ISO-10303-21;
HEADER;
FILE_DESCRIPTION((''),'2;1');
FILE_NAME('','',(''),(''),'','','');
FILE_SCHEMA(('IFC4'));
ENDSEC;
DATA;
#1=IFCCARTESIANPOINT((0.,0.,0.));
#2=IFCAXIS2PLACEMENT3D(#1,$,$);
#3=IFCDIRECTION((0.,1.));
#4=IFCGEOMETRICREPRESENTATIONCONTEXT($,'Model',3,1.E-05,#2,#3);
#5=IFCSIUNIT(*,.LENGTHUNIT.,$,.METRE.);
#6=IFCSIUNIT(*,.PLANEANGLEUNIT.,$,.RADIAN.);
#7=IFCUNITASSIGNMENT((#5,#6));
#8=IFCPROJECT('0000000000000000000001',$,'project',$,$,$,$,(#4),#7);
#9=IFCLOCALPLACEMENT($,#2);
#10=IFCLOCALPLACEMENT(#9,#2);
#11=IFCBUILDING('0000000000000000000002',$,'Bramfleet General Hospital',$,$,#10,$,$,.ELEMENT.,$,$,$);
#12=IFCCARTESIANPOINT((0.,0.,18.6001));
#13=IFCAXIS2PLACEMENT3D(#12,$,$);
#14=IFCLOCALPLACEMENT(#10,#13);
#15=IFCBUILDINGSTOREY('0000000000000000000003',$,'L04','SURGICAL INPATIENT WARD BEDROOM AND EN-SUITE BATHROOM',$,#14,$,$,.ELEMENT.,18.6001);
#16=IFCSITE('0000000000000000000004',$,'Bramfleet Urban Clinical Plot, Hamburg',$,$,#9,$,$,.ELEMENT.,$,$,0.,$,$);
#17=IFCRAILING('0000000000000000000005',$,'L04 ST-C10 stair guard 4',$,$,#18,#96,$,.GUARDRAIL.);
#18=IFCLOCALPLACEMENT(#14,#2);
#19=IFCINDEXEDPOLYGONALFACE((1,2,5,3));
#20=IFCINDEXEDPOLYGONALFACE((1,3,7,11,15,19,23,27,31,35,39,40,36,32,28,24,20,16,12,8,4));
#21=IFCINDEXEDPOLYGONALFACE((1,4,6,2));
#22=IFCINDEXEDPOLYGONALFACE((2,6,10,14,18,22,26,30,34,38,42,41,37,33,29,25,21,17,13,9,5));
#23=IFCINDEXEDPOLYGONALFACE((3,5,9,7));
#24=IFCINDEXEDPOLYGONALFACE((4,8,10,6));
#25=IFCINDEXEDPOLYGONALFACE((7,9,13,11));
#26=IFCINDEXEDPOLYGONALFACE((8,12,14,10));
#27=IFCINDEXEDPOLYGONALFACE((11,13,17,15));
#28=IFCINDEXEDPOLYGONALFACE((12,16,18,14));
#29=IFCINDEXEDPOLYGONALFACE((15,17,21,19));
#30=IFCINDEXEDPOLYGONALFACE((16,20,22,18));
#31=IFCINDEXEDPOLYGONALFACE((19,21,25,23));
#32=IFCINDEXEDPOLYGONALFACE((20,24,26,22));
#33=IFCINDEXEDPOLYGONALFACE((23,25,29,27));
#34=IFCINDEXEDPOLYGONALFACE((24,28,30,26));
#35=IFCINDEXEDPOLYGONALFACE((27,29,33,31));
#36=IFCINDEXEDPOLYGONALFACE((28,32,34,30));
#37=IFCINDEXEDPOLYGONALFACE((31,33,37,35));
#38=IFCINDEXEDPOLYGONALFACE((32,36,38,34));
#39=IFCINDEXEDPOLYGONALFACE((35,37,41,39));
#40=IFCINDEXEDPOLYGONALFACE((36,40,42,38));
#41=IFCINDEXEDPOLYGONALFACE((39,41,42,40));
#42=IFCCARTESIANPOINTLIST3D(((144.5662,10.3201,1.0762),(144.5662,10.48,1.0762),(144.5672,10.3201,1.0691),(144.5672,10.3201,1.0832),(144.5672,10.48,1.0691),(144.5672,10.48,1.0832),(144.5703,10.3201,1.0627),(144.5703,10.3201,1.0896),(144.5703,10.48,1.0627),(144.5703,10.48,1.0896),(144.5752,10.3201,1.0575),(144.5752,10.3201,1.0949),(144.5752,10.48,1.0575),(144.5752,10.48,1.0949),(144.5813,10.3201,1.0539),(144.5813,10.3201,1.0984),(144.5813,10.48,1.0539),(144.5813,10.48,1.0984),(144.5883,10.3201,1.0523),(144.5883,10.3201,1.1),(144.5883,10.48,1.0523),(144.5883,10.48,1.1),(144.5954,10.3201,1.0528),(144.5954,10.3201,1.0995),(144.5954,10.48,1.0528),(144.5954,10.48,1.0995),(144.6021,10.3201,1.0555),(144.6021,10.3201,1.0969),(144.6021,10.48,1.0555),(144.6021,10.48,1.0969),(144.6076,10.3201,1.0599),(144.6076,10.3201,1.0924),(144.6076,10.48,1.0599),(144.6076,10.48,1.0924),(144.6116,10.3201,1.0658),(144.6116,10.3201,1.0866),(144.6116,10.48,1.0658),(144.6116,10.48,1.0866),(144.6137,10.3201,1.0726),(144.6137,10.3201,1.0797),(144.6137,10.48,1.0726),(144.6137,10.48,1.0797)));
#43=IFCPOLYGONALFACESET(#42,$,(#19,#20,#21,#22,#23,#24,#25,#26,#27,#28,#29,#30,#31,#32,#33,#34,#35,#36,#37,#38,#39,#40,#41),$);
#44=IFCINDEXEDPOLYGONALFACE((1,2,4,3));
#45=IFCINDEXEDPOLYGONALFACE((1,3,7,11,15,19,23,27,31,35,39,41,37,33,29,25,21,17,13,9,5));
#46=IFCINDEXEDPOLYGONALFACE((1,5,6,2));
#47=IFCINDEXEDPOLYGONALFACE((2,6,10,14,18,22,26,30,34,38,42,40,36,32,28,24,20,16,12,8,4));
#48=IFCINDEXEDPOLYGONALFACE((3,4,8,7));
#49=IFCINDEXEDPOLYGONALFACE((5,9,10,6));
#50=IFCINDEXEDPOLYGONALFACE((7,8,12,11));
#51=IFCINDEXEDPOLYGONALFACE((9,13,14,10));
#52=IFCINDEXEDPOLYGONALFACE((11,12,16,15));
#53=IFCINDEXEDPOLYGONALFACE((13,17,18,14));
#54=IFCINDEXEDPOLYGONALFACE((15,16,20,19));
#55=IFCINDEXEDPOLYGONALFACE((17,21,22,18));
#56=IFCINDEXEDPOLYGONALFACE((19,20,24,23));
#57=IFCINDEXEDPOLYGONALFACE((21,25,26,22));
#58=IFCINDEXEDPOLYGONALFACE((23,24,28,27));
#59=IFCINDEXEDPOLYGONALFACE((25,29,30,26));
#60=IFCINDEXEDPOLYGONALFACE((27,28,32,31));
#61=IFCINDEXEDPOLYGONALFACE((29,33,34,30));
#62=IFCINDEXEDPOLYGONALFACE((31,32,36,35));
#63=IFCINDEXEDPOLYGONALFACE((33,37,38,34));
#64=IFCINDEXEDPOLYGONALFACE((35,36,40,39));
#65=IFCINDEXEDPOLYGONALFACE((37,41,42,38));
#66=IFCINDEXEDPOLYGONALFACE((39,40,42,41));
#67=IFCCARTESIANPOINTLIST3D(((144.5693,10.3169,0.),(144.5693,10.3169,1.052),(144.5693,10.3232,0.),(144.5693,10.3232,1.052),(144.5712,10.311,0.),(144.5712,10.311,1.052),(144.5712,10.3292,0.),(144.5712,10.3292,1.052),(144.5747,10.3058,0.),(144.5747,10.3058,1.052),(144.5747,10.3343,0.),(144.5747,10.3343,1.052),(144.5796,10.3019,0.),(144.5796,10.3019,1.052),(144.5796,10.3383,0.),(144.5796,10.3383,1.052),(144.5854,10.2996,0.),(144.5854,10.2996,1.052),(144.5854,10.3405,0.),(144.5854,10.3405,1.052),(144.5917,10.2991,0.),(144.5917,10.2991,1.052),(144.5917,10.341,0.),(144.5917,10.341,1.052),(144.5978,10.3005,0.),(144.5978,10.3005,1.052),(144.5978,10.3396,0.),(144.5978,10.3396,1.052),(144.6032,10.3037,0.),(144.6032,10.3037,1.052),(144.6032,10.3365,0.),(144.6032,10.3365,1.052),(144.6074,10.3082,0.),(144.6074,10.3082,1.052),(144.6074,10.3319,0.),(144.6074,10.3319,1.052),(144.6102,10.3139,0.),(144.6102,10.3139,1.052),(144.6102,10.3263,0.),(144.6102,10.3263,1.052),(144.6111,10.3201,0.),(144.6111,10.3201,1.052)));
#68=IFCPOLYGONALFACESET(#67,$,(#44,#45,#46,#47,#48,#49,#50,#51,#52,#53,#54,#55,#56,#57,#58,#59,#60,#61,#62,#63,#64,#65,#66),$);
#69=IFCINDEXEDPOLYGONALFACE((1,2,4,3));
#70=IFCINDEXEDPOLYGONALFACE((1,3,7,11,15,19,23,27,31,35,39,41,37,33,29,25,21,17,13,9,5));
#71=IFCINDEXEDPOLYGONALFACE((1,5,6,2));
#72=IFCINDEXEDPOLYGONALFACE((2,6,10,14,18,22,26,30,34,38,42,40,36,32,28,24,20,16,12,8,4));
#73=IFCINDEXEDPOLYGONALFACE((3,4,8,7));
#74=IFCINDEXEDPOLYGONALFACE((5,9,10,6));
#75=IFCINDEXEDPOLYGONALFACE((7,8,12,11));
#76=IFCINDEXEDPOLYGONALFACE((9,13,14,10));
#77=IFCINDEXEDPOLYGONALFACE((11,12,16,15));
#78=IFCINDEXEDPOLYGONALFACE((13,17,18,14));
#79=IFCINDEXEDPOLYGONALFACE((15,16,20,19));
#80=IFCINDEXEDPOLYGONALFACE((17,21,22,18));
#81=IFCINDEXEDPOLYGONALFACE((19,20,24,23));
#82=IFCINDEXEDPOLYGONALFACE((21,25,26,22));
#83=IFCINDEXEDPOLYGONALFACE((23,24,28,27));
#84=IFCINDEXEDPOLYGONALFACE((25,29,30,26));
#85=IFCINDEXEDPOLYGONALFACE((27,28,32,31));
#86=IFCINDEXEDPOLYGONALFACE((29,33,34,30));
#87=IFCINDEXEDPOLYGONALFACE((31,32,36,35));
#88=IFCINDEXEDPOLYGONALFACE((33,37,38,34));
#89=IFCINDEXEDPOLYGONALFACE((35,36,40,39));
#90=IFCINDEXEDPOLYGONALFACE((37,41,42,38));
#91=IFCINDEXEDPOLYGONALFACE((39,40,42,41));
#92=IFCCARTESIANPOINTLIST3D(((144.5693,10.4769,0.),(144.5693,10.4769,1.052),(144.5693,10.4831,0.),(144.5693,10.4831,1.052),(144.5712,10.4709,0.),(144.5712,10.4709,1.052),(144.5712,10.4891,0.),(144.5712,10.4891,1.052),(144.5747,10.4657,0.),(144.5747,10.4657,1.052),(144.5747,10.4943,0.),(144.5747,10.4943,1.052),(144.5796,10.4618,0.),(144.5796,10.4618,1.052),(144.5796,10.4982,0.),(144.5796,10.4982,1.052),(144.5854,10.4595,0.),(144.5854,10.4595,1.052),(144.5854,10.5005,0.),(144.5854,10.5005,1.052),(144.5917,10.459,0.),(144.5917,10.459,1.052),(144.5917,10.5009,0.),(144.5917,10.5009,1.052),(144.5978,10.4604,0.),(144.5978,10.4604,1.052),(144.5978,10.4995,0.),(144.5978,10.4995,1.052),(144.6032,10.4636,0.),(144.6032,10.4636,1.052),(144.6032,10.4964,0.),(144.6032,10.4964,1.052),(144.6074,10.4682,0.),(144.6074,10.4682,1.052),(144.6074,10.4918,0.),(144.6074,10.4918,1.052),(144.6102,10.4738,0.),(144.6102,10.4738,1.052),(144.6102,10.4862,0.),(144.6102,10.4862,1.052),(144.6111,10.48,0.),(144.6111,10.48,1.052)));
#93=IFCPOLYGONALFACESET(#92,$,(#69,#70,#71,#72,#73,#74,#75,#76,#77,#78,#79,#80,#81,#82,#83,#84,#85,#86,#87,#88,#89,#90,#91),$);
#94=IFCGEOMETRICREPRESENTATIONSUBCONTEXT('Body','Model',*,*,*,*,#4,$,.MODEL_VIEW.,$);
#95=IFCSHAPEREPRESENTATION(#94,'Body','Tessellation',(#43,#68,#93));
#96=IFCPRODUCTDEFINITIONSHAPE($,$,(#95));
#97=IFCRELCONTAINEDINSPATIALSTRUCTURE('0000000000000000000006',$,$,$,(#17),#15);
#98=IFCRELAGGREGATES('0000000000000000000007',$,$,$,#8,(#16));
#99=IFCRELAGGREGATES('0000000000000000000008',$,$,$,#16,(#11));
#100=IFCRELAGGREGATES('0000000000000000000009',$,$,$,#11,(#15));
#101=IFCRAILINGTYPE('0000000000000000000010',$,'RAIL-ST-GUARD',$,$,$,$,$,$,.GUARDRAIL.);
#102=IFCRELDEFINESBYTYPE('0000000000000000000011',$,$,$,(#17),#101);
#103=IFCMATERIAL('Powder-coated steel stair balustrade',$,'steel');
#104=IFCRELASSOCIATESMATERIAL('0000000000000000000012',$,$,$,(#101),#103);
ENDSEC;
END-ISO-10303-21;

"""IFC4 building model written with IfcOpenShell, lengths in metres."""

from ifc_helpers import new_model, si_unit, direction, frame, origin, origin_2d, place, context, subcontext, project, spatial, circle, extrude, material, type_object, element, save


model = new_model("IFC4")

# Units and contexts
model_context = context("Model", 3, precision=1e-05, world=origin(), true_north=direction((0.0, 1.0)))
body_context = subcontext(model_context, "Body", "Model", "MODEL_VIEW")
ifc_project = project(units=[si_unit("LENGTHUNIT", "METRE"), si_unit("PLANEANGLEUNIT", "RADIAN")], contexts=[model_context])

# Site, building, storey
site_placement = place(None, origin())
site = spatial("IfcSite", under=ifc_project, at=site_placement, Name="Bramfleet Urban Clinical Plot, Hamburg", CompositionType="ELEMENT", RefElevation=0.0)
building_placement = place(site_placement, origin())
building = spatial("IfcBuilding", under=site, at=building_placement, Name="Bramfleet General Hospital", CompositionType="ELEMENT")
storey_placement = place(building_placement, frame((0.0, 0.0, 18.6001)))
storey = spatial("IfcBuildingStorey", under=building, at=storey_placement, Name="L04", Description="SURGICAL INPATIENT WARD BEDROOM AND EN-SUITE BATHROOM", CompositionType="ELEMENT", Elevation=18.6001)

# Railing
ifc_material_1 = material(Name="Powder-coated steel stair balustrade", Category="steel")
railing_type_1 = type_object("IfcRailingType", Name="RAIL-ST-GUARD", PredefinedType="GUARDRAIL", material=ifc_material_1)
railing_1_placement = place(storey_placement, frame((144.5901, 10.3201, 0.0)))
element("IfcRailing", 1, at=railing_1_placement, inside=storey, type_object=railing_type_1, Name="L04 ST-C10 stair guard 4", PredefinedType="GUARDRAIL", context=body_context, shape_type="SweptSolid", body=[
    extrude(circle(Radius=0.0239, at=origin_2d()), frame((0.0, 0.0, 1.0762), z_axis=(0.0, 1.0, 0.0), x_axis=(-1.0, 0.0, 0.0)), (0.0, 0.0, 1.0), 0.1599),
    extrude(circle(Radius=0.021, at=origin_2d()), origin(), (0.0, 0.0, 1.0), 1.052),
    extrude(circle(Radius=0.021, at=origin_2d()), frame((0.0, 0.1599, 0.0)), (0.0, 0.0, 1.0), 1.052),
])

save(model, "model.ifc")
